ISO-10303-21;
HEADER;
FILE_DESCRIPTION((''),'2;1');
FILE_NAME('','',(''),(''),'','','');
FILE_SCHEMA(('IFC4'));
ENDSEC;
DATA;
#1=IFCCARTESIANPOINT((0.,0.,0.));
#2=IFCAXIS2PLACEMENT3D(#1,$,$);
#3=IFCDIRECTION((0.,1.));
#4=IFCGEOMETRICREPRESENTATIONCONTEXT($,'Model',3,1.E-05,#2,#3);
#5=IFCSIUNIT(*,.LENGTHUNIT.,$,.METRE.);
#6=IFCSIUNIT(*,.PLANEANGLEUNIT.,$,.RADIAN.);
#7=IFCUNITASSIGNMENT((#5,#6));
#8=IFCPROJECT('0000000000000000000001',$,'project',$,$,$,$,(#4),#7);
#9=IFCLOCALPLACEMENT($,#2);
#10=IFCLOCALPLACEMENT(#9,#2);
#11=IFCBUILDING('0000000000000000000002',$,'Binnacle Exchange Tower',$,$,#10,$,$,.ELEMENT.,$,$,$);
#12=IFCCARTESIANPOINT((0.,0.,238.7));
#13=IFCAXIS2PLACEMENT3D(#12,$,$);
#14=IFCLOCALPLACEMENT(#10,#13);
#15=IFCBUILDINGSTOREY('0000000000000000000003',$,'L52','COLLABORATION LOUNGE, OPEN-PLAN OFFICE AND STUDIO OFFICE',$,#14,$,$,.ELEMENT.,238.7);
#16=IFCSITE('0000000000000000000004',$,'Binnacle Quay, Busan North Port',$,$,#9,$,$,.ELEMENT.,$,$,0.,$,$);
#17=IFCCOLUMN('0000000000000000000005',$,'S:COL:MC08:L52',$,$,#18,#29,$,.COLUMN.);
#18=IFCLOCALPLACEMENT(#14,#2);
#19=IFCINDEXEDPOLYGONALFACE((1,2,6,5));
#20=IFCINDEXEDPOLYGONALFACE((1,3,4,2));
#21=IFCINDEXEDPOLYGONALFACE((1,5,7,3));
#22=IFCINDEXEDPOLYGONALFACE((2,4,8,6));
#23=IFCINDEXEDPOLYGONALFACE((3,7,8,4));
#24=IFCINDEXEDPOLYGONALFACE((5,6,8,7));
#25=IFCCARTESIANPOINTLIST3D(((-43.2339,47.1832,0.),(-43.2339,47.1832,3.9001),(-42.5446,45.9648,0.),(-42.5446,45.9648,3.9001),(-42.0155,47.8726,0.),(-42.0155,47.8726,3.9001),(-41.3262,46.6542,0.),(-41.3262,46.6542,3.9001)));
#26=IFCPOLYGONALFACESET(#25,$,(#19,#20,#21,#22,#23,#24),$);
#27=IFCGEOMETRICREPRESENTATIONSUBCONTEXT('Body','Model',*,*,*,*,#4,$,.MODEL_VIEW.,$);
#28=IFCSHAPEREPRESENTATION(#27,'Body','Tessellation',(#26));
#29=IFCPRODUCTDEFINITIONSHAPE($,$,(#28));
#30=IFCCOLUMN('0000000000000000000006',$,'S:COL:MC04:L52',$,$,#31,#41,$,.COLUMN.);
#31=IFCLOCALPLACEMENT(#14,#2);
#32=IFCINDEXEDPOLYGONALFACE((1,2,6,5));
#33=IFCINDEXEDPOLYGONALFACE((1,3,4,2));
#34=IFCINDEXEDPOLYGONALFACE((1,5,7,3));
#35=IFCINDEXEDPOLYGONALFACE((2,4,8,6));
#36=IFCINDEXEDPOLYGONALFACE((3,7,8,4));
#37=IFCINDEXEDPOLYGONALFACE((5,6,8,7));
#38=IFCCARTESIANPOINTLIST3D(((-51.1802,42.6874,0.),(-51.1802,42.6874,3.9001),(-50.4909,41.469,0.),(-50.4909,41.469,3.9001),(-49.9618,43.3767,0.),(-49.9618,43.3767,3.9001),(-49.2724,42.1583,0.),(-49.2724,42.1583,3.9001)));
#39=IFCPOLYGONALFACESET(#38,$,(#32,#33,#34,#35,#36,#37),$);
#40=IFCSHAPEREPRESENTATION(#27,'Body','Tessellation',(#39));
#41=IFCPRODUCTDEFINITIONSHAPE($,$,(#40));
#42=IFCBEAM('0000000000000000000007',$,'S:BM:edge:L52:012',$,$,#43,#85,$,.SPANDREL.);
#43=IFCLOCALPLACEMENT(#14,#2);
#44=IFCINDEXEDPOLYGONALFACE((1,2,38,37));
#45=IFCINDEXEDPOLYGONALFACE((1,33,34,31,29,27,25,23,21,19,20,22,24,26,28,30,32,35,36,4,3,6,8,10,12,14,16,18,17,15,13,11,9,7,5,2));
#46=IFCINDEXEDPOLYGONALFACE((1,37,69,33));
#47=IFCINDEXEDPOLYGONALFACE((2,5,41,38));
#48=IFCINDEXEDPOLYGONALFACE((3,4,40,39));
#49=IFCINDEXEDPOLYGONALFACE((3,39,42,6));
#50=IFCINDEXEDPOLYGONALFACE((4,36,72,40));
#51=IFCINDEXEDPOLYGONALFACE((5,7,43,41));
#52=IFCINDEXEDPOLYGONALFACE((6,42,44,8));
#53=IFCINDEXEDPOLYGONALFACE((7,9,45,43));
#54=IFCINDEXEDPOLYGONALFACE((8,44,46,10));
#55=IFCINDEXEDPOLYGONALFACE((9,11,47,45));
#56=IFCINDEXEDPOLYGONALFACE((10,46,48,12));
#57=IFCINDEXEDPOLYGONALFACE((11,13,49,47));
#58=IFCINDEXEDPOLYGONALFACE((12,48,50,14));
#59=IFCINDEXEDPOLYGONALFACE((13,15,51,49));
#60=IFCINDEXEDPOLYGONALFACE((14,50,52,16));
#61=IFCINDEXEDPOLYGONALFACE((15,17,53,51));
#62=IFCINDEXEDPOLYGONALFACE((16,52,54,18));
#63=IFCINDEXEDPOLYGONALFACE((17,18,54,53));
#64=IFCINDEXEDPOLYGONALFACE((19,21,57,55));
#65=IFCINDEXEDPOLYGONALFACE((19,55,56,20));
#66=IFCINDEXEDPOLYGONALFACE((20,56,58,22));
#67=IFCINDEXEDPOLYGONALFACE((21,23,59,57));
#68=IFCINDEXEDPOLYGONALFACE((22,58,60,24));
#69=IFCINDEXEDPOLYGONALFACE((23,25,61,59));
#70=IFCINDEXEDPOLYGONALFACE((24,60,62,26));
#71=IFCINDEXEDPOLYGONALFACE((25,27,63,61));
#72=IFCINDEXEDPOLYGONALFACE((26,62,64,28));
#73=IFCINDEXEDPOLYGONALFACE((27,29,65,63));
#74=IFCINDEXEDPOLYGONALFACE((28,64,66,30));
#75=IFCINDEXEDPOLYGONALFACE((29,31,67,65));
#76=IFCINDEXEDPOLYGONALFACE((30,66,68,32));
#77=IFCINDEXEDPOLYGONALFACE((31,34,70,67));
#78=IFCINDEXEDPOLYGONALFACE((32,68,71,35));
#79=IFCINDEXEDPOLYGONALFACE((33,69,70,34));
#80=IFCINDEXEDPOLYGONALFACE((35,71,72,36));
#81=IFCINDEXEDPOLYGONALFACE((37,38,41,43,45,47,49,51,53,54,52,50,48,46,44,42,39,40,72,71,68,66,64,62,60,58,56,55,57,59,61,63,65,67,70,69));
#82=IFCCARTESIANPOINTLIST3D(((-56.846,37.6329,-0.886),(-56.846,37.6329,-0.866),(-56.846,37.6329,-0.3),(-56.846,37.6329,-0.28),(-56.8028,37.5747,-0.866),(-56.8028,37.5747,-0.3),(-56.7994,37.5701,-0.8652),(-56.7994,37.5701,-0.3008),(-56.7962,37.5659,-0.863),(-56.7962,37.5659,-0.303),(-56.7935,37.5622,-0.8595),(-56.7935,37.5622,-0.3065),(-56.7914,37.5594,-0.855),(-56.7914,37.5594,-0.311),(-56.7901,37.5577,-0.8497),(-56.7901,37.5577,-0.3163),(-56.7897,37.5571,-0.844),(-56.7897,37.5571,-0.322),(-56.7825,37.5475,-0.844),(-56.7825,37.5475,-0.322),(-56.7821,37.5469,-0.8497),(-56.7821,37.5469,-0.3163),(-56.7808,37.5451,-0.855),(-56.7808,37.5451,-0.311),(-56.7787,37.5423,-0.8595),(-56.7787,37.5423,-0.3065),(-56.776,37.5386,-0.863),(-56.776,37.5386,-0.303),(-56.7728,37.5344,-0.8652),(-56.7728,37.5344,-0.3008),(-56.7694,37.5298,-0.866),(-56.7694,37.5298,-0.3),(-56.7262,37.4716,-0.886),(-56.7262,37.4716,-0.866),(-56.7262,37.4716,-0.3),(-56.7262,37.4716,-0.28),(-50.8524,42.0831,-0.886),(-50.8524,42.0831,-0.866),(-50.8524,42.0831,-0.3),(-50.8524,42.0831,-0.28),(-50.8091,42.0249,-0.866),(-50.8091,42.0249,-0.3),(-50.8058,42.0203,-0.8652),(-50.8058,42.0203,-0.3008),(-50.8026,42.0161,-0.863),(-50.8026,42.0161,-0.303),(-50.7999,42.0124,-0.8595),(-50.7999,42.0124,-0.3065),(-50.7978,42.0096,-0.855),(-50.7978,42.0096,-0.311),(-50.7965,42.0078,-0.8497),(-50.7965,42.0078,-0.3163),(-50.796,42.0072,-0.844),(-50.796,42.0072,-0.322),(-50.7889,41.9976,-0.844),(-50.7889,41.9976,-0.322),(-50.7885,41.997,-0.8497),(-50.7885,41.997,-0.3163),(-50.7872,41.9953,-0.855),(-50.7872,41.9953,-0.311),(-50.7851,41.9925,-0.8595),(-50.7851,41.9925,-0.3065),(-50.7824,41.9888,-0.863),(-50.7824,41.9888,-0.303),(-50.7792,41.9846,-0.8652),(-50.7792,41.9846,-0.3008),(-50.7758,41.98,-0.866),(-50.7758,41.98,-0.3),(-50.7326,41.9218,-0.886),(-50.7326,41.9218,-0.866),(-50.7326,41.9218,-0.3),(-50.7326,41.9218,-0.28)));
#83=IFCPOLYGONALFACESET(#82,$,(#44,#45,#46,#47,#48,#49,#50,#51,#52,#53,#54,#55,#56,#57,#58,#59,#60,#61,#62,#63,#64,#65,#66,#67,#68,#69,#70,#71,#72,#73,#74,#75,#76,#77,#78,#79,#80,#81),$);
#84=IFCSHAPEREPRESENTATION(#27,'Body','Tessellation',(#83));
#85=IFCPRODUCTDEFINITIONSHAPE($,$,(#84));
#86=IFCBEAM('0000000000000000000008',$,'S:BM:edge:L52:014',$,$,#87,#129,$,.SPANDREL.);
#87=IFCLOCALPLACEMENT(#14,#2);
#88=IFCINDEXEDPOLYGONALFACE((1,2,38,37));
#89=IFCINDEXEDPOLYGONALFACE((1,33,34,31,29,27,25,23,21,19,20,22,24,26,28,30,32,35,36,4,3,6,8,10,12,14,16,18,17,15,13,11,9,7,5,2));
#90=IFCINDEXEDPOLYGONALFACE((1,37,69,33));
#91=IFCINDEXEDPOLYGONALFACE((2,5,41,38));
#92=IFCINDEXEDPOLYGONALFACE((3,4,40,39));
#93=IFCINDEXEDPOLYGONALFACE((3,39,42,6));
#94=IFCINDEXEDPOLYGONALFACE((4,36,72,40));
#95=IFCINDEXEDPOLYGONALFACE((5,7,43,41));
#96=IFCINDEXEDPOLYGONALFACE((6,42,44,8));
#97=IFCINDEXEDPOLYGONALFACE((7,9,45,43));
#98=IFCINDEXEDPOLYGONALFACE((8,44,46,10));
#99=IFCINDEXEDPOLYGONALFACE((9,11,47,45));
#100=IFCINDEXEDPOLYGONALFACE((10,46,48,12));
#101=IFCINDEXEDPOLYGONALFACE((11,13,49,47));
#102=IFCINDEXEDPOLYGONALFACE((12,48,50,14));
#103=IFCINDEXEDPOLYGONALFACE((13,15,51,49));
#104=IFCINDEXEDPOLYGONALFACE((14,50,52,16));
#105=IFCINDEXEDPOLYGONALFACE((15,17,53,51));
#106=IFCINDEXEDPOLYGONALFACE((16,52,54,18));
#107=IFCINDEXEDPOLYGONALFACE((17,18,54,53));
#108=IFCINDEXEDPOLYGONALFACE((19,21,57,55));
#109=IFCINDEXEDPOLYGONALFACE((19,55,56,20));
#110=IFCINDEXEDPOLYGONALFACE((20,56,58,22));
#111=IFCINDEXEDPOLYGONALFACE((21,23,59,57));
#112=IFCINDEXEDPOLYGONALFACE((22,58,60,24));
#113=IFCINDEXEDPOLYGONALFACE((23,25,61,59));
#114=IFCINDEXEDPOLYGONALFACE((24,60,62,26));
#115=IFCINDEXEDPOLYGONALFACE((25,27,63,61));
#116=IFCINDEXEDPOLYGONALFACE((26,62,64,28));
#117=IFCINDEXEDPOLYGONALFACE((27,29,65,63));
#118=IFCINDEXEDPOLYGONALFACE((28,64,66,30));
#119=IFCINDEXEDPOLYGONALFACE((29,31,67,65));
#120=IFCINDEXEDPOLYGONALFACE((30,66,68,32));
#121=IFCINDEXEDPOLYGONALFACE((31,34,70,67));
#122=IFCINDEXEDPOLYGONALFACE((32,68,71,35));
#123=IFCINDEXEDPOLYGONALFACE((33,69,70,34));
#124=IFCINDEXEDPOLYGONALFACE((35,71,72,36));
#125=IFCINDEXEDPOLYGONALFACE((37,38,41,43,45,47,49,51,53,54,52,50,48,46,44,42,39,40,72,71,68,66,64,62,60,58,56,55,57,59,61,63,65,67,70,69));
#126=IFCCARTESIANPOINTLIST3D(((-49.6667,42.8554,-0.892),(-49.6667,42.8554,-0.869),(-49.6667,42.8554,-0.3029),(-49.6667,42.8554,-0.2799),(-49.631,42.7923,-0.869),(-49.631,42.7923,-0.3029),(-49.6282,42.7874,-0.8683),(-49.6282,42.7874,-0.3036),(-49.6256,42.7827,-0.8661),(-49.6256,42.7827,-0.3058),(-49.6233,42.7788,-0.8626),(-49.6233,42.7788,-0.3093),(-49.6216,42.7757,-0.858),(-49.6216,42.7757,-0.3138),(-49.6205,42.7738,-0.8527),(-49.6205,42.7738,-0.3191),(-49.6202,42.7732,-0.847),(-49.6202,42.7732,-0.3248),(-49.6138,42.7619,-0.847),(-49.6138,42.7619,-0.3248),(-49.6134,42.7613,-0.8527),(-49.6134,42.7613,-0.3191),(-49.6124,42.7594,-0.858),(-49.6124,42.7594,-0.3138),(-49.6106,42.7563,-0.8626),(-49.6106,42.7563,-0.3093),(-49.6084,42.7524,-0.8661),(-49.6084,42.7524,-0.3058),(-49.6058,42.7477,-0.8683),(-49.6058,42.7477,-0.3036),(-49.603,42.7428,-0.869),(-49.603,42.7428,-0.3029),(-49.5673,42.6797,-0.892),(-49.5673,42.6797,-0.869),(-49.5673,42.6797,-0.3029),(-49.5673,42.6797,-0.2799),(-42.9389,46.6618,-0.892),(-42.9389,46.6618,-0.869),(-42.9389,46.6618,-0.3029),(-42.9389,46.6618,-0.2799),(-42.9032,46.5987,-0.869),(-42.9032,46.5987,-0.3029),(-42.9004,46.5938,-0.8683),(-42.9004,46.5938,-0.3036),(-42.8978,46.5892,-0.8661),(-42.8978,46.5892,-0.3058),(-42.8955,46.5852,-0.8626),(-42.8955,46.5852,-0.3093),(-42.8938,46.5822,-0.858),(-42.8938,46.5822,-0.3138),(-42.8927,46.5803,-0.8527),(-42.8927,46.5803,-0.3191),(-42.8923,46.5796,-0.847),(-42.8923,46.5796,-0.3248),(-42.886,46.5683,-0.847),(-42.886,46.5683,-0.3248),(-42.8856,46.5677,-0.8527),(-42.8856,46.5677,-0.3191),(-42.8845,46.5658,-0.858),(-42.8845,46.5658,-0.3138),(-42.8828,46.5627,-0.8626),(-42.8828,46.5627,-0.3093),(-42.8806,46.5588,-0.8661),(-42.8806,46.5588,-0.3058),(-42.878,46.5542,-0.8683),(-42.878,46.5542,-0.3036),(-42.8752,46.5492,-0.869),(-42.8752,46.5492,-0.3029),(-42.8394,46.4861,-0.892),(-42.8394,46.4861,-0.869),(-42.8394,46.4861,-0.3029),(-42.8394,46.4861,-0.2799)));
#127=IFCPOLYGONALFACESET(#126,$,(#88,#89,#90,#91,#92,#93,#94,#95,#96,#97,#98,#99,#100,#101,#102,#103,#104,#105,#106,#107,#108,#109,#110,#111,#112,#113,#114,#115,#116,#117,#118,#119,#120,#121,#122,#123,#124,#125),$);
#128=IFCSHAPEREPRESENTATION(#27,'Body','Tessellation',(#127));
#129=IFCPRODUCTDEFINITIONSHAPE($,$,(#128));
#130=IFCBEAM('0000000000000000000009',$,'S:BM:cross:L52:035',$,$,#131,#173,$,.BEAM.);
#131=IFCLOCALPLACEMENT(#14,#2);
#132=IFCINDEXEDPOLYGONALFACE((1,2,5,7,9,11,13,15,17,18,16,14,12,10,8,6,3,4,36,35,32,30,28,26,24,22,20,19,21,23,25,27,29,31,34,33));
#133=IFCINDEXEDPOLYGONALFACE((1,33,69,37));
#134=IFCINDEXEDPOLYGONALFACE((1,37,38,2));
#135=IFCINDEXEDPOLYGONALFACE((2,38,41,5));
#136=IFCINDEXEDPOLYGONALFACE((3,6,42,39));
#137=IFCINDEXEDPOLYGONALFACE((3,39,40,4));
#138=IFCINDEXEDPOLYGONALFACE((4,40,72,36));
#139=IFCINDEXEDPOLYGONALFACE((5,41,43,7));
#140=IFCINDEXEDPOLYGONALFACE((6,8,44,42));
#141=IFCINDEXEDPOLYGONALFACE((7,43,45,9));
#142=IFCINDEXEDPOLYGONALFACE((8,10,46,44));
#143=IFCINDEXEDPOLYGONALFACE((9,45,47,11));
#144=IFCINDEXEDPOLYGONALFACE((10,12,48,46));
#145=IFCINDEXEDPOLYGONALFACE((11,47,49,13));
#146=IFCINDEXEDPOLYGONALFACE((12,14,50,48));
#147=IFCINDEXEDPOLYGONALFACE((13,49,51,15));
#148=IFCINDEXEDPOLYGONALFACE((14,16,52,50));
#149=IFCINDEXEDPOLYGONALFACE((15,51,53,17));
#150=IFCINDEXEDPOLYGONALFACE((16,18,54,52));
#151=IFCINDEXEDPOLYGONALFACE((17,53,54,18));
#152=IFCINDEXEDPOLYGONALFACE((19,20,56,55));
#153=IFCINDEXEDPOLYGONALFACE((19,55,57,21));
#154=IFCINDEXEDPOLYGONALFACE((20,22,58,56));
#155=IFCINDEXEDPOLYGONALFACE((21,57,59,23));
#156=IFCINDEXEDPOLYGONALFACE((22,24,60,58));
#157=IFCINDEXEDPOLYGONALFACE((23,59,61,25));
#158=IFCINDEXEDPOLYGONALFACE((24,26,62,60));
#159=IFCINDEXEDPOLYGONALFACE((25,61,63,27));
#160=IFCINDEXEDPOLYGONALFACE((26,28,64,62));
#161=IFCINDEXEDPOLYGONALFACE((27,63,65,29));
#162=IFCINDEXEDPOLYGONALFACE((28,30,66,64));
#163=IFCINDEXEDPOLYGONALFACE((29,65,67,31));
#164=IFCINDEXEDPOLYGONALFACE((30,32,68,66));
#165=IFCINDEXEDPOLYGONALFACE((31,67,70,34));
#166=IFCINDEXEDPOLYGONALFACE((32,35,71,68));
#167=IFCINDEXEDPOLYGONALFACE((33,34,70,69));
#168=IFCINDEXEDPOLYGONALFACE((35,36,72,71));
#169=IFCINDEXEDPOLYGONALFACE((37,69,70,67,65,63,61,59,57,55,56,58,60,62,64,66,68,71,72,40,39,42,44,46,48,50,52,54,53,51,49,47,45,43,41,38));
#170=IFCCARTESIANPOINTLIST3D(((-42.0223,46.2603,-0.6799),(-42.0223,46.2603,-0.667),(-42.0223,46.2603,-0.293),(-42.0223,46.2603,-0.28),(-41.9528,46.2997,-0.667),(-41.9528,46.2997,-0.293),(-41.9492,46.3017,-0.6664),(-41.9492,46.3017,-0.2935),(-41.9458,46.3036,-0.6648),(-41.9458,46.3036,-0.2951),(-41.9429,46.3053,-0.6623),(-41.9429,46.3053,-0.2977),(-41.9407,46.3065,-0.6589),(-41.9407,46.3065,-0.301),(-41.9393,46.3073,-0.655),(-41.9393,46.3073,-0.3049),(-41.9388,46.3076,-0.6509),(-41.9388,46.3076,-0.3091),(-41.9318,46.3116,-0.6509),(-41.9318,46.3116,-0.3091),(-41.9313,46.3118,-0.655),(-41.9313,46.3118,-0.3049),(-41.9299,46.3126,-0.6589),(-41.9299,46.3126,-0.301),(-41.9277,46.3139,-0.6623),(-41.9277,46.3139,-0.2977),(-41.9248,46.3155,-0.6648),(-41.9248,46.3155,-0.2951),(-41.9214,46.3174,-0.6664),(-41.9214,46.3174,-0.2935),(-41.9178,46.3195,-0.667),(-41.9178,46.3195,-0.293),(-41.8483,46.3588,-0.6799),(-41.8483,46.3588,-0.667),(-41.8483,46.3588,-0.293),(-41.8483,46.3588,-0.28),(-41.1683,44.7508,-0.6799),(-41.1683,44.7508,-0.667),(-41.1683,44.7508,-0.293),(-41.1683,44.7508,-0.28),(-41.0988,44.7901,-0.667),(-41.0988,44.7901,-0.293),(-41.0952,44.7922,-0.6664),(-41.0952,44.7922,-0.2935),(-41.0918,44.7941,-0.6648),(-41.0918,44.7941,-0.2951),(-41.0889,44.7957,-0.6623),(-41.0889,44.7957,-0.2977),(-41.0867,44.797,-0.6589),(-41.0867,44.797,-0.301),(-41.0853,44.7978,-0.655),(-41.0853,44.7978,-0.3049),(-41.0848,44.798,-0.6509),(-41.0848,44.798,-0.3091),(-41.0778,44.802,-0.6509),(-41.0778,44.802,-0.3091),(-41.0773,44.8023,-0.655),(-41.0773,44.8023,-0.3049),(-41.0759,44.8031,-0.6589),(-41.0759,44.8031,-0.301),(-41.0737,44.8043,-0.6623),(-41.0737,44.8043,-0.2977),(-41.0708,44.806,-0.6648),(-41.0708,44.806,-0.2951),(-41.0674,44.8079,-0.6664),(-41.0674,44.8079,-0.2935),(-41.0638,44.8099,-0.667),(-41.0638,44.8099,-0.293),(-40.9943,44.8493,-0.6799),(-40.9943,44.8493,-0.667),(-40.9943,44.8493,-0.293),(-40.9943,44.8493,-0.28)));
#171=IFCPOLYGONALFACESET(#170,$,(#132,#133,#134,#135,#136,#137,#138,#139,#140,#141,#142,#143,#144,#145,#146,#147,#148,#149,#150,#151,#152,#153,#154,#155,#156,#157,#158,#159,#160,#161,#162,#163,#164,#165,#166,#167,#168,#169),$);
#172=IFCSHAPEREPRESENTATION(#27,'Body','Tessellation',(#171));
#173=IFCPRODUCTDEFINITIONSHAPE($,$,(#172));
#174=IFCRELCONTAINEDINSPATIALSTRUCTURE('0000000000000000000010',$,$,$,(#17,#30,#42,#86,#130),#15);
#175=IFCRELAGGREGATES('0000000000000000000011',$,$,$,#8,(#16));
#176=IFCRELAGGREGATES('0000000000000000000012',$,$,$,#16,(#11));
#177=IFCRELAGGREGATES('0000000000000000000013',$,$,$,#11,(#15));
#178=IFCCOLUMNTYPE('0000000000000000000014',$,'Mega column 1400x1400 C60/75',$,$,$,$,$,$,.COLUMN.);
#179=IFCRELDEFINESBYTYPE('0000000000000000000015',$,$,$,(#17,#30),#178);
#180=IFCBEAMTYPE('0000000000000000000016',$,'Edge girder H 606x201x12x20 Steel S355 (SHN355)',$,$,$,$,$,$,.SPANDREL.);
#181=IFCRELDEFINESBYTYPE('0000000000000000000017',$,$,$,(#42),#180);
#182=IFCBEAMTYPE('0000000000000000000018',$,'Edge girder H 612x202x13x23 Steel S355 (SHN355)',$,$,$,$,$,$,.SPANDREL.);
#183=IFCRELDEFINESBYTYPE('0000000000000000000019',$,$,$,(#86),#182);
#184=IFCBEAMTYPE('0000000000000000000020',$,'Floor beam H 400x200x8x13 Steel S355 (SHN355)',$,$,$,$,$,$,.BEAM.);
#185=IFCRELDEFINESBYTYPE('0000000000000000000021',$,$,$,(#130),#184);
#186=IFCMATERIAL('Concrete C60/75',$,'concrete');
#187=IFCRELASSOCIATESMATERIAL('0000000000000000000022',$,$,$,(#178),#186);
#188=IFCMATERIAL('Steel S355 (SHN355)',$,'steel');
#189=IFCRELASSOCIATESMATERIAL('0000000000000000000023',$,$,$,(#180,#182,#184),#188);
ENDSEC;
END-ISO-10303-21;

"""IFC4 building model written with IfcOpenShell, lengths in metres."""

from ifc_helpers import new_model, si_unit, direction, frame, origin, origin_2d, place, context, subcontext, project, spatial, rectangle, i_section, extrude, material, material_profile, profile_set, type_object, element, save


model = new_model("IFC4")

# Units and contexts
model_context = context("Model", 3, precision=1e-05, world=origin(), true_north=direction((0.0, 1.0)))
body_context = subcontext(model_context, "Body", "Model", "MODEL_VIEW")
ifc_project = project(units=[si_unit("LENGTHUNIT", "METRE"), si_unit("PLANEANGLEUNIT", "RADIAN")], contexts=[model_context])

# Site, building, storey
site_placement = place(None, origin())
site = spatial("IfcSite", under=ifc_project, at=site_placement, Name="Binnacle Quay, Busan North Port", CompositionType="ELEMENT", RefElevation=0.0)
building_placement = place(site_placement, origin())
building = spatial("IfcBuilding", under=site, at=building_placement, Name="Binnacle Exchange Tower", CompositionType="ELEMENT")
storey_placement = place(building_placement, frame((0.0, 0.0, 238.7)))
storey = spatial("IfcBuildingStorey", under=building, at=storey_placement, Name="L52", Description="COLLABORATION LOUNGE, OPEN-PLAN OFFICE AND STUDIO OFFICE", CompositionType="ELEMENT", Elevation=238.7)

# Columns
ifc_material_1 = material(Name="Concrete C60/75", Category="concrete")
ifc_material_profile_1 = material_profile(ifc_material_1, rectangle(XDim=1.3999, YDim=1.3999, at=origin_2d()), Name="Mega column 1400x1400 C60/75")
ifc_profile_set_1 = profile_set([ifc_material_profile_1], Name="Concrete C60/75")
column_type = type_object("IfcColumnType", Name="Mega column 1400x1400 C60/75", PredefinedType="COLUMN", material=ifc_profile_set_1)
for number, where, z_axis, x_axis, name in (
    (1, (-42.28, 46.9187, 0.0), (0.0, 0.0, 1.0), (-0.870356, -0.492424, 0.0), "S:COL:MC08:L52"),
    (2, (-50.2263, 42.4229, 0.0), (0.0, 0.0, 1.0), (-0.870356, -0.492424, 0.0), "S:COL:MC04:L52"),
):
    element("IfcColumn", number, at=place(storey_placement, frame(where, z_axis=z_axis, x_axis=x_axis)), inside=storey, type_object=column_type, Name=name, PredefinedType="COLUMN", context=body_context, shape_type="SweptSolid", body=[
        extrude(rectangle(XDim=1.3999, YDim=1.3999, at=origin_2d()), origin(), (0.0, 0.0, 1.0), 3.9001),
    ])

# Beams
ifc_material_2 = material(Name="Steel S355 (SHN355)", Category="steel")
ifc_material_profile_2 = material_profile(ifc_material_2, i_section(OverallWidth=0.2009, OverallDepth=0.606, WebThickness=0.012, FlangeThickness=0.02, FilletRadius=0.022, at=origin_2d()), Name="H 606x201x12x20")
ifc_profile_set_2 = profile_set([ifc_material_profile_2], Name="Steel S355 (SHN355)")
beam_type_1 = type_object("IfcBeamType", Name="Edge girder H 606x201x12x20 Steel S355 (SHN355)", PredefinedType="SPANDREL", material=ifc_profile_set_2)
beam_1_placement = place(storey_placement, frame((-50.7925, 42.0024, -0.583), z_axis=(-0.802887, -0.596131, 0.0), x_axis=(0.596131, -0.802887, 0.0)))
element("IfcBeam", 3, at=beam_1_placement, inside=storey, type_object=beam_type_1, Name="S:BM:edge:L52:012", PredefinedType="SPANDREL", context=body_context, shape_type="SweptSolid", body=[
    extrude(i_section(OverallWidth=0.2009, OverallDepth=0.606, WebThickness=0.012, FlangeThickness=0.02, FilletRadius=0.022, at=origin_2d()), origin(), (0.0, 0.0, 1.0), 7.4651),
])
ifc_material_profile_3 = material_profile(ifc_material_2, i_section(OverallWidth=0.2019, OverallDepth=0.6121, WebThickness=0.0129, FlangeThickness=0.0229, FilletRadius=0.022, at=origin_2d()), Name="H 612x202x13x23")
ifc_profile_set_3 = profile_set([ifc_material_profile_3], Name="Steel S355 (SHN355)")
beam_type_2 = type_object("IfcBeamType", Name="Edge girder H 612x202x13x23 Steel S355 (SHN355)", PredefinedType="SPANDREL", material=ifc_profile_set_3)
beam_2_placement = place(storey_placement, frame((-42.8892, 46.574, -0.5859), z_axis=(-0.870356, -0.492424, 0.0), x_axis=(0.492424, -0.870356, 0.0)))
element("IfcBeam", 4, at=beam_2_placement, inside=storey, type_object=beam_type_2, Name="S:BM:edge:L52:014", PredefinedType="SPANDREL", context=body_context, shape_type="SweptSolid", body=[
    extrude(i_section(OverallWidth=0.2019, OverallDepth=0.6121, WebThickness=0.0129, FlangeThickness=0.0229, FilletRadius=0.022, at=origin_2d()), origin(), (0.0, 0.0, 1.0), 7.73),
])
ifc_material_profile_4 = material_profile(ifc_material_2, i_section(OverallWidth=0.2, OverallDepth=0.3999, WebThickness=0.0081, FlangeThickness=0.0129, FilletRadius=0.0161, at=origin_2d()), Name="H 400x200x8x13")
ifc_profile_set_4 = profile_set([ifc_material_profile_4], Name="Steel S355 (SHN355)")
beam_type_3 = type_object("IfcBeamType", Name="Floor beam H 400x200x8x13 Steel S355 (SHN355)", PredefinedType="BEAM", material=ifc_profile_set_4)
beam_3_placement = place(storey_placement, frame((-41.9353, 46.3096, -0.48), z_axis=(0.492405, -0.870366, 0.0), x_axis=(0.870366, 0.492405, 0.0)))
element("IfcBeam", 5, at=beam_3_placement, inside=storey, type_object=beam_type_3, Name="S:BM:cross:L52:035", PredefinedType="BEAM", context=body_context, shape_type="SweptSolid", body=[
    extrude(i_section(OverallWidth=0.2, OverallDepth=0.3999, WebThickness=0.0081, FlangeThickness=0.0129, FilletRadius=0.0161, at=origin_2d()), origin(), (0.0, 0.0, 1.0), 1.7344),
])

save(model, "model.ifc")
